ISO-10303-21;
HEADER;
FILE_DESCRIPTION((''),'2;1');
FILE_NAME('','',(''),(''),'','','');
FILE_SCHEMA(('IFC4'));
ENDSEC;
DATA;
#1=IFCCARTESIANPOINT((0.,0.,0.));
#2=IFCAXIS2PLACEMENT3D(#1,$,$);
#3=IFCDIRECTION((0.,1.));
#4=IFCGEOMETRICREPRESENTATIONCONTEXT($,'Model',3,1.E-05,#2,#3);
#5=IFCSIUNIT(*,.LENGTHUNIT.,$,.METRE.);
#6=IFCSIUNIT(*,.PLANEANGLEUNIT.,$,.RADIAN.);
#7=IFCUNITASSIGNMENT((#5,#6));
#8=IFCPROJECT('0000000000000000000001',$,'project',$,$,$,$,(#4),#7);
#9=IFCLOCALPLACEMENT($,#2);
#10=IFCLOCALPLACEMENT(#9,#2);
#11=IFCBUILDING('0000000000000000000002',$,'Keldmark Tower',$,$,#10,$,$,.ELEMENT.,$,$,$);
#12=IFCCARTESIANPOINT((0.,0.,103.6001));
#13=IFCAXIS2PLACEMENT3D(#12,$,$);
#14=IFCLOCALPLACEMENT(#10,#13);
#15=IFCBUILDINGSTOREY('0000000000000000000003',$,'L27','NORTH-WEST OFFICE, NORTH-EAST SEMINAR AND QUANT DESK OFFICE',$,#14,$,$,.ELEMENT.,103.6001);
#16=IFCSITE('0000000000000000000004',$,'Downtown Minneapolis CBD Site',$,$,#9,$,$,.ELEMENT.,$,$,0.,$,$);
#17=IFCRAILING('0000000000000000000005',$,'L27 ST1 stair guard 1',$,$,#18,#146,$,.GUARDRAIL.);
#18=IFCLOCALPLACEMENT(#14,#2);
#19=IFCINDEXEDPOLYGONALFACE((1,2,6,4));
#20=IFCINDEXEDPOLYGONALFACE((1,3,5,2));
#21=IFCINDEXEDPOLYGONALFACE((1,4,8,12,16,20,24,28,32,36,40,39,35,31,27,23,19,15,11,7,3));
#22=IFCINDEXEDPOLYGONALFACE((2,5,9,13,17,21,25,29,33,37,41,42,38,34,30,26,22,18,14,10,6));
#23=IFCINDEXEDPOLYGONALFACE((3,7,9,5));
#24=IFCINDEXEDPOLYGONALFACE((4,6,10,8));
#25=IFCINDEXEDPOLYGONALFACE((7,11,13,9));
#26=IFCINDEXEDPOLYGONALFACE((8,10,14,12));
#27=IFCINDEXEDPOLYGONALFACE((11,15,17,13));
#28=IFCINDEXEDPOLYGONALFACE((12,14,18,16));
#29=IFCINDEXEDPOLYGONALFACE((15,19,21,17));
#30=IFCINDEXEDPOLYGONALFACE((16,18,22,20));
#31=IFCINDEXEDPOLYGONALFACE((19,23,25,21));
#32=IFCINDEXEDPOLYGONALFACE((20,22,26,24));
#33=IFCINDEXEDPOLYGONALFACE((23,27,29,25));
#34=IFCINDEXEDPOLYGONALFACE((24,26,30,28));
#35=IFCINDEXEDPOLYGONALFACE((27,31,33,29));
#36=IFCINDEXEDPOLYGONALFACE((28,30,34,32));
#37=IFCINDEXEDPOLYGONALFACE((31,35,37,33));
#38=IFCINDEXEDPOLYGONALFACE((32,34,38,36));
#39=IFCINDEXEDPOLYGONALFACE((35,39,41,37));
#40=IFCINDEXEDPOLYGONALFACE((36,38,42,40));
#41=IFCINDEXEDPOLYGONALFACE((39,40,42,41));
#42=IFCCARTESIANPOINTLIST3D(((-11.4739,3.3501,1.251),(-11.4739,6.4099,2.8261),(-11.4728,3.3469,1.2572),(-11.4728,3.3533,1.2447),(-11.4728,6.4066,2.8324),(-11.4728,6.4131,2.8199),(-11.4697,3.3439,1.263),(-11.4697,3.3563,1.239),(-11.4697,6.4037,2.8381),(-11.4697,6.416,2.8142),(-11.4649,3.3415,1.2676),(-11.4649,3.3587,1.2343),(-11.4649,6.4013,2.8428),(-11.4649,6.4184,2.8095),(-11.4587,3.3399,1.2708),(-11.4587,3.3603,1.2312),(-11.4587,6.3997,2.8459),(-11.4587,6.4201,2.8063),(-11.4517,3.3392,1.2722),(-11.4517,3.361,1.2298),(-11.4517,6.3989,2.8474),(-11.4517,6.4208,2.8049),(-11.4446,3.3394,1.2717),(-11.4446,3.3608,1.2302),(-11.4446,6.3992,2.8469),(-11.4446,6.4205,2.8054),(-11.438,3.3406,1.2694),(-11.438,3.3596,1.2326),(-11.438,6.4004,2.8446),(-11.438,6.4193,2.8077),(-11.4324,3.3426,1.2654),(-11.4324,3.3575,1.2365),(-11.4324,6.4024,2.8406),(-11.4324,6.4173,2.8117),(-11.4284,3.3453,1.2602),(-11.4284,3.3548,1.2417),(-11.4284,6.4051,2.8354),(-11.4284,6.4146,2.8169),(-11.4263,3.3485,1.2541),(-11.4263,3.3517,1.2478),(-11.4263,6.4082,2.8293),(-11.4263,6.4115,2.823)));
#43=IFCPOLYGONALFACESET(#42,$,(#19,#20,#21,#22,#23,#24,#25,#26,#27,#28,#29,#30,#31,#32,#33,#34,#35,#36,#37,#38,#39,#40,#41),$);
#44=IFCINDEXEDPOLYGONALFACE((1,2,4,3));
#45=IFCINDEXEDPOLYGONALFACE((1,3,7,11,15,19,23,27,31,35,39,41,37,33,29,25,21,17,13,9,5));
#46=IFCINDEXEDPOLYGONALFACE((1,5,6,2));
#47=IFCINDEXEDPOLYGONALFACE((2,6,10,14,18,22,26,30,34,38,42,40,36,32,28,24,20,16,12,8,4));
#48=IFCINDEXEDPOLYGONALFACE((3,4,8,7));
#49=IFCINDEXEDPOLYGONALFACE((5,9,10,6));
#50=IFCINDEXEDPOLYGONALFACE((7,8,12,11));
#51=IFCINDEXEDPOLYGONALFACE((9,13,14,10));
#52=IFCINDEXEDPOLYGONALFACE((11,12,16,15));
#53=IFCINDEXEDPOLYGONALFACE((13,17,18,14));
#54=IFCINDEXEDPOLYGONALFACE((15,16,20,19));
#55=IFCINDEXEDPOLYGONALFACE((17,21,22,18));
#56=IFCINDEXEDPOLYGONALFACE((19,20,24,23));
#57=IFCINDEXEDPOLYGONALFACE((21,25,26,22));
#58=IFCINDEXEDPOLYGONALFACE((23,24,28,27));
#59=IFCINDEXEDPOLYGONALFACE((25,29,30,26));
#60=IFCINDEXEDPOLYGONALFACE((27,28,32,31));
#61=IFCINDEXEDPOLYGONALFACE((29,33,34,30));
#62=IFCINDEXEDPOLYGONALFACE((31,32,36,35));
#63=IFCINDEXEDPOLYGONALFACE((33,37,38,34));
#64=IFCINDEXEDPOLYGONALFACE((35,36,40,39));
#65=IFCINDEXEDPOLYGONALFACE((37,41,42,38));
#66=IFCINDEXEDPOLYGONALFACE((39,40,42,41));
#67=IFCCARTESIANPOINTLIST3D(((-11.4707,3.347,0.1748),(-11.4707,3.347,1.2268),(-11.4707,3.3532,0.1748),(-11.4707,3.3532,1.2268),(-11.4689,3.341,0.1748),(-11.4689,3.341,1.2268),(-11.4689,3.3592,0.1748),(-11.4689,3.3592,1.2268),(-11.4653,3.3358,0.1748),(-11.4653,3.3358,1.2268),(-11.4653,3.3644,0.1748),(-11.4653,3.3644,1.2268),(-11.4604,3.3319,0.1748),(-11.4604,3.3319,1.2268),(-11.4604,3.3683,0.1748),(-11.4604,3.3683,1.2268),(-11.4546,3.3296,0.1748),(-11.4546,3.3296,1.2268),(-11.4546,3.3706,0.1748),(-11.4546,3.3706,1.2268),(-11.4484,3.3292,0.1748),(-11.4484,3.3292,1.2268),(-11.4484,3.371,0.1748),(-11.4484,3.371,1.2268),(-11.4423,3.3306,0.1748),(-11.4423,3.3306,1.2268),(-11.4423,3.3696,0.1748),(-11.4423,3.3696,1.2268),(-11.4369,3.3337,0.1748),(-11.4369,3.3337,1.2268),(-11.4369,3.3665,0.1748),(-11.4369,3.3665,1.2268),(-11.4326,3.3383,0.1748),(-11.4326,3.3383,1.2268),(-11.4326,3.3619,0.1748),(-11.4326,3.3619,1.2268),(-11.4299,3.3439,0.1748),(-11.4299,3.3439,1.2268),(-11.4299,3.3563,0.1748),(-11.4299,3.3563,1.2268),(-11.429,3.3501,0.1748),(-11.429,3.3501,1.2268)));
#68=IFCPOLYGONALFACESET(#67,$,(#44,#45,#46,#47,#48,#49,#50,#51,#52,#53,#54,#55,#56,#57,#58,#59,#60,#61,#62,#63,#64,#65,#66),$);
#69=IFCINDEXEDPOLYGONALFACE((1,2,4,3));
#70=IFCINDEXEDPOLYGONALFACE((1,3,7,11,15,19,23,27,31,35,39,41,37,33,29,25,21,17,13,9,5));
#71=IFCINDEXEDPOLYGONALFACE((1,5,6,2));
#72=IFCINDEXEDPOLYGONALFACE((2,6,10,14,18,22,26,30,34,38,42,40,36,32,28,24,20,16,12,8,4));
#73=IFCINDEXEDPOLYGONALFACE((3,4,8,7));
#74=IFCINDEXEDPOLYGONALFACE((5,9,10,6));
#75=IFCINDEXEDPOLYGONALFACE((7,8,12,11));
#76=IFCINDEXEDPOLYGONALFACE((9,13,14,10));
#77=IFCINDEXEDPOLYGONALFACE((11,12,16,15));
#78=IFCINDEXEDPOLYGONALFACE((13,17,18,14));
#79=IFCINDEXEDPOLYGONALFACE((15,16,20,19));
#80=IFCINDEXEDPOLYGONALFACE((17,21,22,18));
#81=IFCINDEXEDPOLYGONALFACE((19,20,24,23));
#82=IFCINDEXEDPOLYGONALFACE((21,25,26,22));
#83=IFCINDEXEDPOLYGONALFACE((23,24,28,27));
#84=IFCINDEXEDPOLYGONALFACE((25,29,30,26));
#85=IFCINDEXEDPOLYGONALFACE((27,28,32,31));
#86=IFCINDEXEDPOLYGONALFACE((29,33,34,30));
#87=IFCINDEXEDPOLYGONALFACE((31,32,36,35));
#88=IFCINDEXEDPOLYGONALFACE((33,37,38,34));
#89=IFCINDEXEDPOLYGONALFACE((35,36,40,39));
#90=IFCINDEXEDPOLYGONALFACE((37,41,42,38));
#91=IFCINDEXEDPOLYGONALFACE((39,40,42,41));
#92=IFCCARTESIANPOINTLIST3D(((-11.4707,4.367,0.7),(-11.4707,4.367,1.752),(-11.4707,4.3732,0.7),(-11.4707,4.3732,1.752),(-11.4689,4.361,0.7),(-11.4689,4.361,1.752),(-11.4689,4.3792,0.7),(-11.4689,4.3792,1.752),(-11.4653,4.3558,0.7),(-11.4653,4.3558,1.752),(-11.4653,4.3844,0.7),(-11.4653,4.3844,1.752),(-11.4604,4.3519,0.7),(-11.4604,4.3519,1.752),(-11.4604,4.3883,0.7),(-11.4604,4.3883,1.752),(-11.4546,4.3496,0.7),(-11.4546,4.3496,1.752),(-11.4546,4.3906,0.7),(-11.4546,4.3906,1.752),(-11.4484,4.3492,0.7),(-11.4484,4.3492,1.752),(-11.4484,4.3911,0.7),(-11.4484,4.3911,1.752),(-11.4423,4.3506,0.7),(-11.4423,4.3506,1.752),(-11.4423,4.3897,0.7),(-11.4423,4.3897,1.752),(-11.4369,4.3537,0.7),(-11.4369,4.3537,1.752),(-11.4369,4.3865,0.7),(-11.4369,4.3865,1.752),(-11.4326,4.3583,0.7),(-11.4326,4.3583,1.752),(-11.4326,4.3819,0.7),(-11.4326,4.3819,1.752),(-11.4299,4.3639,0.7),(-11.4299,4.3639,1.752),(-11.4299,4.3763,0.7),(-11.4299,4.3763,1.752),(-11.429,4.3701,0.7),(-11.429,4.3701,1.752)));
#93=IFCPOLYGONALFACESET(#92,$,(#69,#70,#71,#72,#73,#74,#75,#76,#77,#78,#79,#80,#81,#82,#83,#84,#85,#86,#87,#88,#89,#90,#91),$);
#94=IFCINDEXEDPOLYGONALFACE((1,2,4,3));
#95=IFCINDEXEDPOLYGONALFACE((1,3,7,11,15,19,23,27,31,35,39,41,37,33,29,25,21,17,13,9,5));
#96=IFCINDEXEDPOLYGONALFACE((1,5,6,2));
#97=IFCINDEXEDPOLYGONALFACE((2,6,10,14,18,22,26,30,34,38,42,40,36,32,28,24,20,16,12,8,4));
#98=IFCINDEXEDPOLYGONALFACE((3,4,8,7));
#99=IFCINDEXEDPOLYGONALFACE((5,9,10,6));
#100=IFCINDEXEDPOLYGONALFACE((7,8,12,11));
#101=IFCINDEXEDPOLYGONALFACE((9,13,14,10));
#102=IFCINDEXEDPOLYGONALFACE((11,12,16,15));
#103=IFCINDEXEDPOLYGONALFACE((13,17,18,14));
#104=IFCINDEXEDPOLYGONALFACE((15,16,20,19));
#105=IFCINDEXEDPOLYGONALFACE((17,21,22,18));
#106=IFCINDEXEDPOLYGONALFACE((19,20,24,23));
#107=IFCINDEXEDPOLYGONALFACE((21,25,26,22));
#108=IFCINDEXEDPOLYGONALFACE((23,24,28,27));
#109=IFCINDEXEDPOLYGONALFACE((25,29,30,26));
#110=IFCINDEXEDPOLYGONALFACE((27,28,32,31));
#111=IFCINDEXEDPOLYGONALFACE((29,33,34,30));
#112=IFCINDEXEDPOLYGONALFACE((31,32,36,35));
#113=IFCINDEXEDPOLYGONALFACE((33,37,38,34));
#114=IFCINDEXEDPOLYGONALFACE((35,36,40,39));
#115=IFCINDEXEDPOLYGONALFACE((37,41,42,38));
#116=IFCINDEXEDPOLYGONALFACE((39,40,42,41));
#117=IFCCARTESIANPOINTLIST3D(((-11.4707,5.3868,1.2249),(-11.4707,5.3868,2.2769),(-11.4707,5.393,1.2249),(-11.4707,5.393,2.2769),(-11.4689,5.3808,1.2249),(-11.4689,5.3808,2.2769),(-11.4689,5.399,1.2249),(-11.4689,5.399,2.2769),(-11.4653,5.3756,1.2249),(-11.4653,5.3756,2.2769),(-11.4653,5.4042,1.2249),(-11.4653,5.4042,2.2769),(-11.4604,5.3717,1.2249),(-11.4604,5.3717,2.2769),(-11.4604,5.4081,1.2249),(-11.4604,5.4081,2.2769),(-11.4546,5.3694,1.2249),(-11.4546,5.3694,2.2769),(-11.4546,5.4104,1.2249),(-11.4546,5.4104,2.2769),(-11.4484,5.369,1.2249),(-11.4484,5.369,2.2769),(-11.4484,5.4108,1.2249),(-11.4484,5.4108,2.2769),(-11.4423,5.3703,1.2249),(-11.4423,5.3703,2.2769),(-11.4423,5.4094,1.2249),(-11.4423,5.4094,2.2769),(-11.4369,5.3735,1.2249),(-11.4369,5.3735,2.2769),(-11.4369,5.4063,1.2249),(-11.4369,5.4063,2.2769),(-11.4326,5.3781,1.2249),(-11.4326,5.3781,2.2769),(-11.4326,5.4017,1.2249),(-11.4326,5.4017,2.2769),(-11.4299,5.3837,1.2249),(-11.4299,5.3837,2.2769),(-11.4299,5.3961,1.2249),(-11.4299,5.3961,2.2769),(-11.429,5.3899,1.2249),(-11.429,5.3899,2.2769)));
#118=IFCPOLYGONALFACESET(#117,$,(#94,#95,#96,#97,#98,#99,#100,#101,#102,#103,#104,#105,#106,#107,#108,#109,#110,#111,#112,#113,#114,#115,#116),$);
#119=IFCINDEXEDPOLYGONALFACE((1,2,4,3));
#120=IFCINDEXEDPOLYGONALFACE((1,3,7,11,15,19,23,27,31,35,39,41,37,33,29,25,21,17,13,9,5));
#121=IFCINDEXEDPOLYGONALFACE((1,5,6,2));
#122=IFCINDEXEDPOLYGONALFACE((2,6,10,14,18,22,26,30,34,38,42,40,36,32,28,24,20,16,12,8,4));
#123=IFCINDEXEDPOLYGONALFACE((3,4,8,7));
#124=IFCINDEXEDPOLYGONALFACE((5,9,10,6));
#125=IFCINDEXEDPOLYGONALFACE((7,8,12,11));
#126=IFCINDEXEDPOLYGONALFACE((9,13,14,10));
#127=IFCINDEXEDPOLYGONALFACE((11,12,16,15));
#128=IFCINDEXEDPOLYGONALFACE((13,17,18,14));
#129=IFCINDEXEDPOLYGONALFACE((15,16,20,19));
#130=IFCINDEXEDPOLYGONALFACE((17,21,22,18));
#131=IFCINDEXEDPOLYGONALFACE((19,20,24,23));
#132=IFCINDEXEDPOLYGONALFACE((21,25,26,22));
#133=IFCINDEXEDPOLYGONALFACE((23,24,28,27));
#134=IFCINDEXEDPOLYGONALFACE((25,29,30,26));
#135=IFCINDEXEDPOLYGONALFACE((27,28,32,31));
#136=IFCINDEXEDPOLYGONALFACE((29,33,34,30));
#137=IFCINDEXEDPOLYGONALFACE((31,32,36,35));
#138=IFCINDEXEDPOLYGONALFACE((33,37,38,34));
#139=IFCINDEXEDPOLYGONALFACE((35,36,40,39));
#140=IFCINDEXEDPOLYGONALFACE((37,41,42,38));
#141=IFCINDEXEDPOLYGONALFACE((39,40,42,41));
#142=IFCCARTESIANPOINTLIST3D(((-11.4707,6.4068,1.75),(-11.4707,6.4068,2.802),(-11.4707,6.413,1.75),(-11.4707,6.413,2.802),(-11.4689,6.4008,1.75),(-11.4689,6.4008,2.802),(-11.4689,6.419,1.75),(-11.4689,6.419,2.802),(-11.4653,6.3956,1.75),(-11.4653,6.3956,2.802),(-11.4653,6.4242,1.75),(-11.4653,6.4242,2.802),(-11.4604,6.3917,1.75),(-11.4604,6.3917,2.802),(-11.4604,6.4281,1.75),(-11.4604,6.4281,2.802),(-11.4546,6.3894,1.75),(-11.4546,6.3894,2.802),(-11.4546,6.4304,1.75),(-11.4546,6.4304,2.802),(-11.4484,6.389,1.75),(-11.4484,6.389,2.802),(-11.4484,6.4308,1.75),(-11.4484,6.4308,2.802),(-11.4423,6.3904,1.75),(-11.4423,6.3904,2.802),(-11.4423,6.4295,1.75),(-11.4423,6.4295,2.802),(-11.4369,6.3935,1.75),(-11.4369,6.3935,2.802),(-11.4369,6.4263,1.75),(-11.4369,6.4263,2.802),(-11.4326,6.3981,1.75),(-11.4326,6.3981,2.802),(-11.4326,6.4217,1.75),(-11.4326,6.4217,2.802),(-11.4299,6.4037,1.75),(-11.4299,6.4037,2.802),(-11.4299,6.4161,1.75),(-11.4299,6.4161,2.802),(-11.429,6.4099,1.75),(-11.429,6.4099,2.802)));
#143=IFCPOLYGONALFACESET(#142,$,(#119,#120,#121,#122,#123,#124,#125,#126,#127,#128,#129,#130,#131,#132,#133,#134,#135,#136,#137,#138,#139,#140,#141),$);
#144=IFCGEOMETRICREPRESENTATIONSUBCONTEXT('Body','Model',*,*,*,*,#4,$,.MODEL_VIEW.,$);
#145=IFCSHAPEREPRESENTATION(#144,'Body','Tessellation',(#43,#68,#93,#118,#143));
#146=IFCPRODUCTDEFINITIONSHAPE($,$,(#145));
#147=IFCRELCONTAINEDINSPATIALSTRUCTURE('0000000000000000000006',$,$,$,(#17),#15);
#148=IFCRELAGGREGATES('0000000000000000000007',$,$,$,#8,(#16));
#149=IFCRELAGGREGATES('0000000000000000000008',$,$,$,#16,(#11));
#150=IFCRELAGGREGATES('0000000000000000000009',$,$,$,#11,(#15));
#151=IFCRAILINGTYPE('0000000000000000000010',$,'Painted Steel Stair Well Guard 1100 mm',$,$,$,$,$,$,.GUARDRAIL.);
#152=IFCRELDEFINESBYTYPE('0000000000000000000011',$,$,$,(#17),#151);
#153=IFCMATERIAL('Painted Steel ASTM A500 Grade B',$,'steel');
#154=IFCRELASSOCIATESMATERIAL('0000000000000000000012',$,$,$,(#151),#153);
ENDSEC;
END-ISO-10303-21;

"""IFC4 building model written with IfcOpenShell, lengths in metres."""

from ifc_helpers import new_model, si_unit, direction, frame, origin, origin_2d, place, context, subcontext, project, spatial, circle, extrude, material, type_object, element, save


model = new_model("IFC4")

# Units and contexts
model_context = context("Model", 3, precision=1e-05, world=origin(), true_north=direction((0.0, 1.0)))
body_context = subcontext(model_context, "Body", "Model", "MODEL_VIEW")
ifc_project = project(units=[si_unit("LENGTHUNIT", "METRE"), si_unit("PLANEANGLEUNIT", "RADIAN")], contexts=[model_context])

# Site, building, storey
site_placement = place(None, origin())
site = spatial("IfcSite", under=ifc_project, at=site_placement, Name="Downtown Minneapolis CBD Site", CompositionType="ELEMENT", RefElevation=0.0)
building_placement = place(site_placement, origin())
building = spatial("IfcBuilding", under=site, at=building_placement, Name="Keldmark Tower", CompositionType="ELEMENT")
storey_placement = place(building_placement, frame((0.0, 0.0, 103.6001)))
storey = spatial("IfcBuildingStorey", under=building, at=storey_placement, Name="L27", Description="NORTH-WEST OFFICE, NORTH-EAST SEMINAR AND QUANT DESK OFFICE", CompositionType="ELEMENT", Elevation=103.6001)

# Railing
ifc_material_1 = material(Name="Painted Steel ASTM A500 Grade B", Category="steel")
railing_type_1 = type_object("IfcRailingType", Name="Painted Steel Stair Well Guard 1100 mm", PredefinedType="GUARDRAIL", material=ifc_material_1)
railing_1_placement = place(storey_placement, frame((-11.45, 3.3501, 0.1748)))
element("IfcRailing", 1, at=railing_1_placement, inside=storey, type_object=railing_type_1, Name="L27 ST1 stair guard 1", PredefinedType="GUARDRAIL", context=body_context, shape_type="SweptSolid", body=[
    extrude(circle(Radius=0.0239, at=origin_2d()), frame((0.0, 0.0, 1.0762), z_axis=(0.0, 0.889101, 0.45771), x_axis=(-1.0, 0.0, 0.0)), (0.0, 0.0, 1.0), 3.4414),
    extrude(circle(Radius=0.021, at=origin_2d()), origin(), (0.0, 0.0, 1.0), 1.052),
    extrude(circle(Radius=0.021, at=origin_2d()), frame((0.0, 1.02, 0.5251)), (0.0, 0.0, 1.0), 1.052),
    extrude(circle(Radius=0.021, at=origin_2d()), frame((0.0, 2.0398, 1.05)), (0.0, 0.0, 1.0), 1.052),
    extrude(circle(Radius=0.021, at=origin_2d()), frame((0.0, 3.0598, 1.5752)), (0.0, 0.0, 1.0), 1.052),
])

save(model, "model.ifc")
